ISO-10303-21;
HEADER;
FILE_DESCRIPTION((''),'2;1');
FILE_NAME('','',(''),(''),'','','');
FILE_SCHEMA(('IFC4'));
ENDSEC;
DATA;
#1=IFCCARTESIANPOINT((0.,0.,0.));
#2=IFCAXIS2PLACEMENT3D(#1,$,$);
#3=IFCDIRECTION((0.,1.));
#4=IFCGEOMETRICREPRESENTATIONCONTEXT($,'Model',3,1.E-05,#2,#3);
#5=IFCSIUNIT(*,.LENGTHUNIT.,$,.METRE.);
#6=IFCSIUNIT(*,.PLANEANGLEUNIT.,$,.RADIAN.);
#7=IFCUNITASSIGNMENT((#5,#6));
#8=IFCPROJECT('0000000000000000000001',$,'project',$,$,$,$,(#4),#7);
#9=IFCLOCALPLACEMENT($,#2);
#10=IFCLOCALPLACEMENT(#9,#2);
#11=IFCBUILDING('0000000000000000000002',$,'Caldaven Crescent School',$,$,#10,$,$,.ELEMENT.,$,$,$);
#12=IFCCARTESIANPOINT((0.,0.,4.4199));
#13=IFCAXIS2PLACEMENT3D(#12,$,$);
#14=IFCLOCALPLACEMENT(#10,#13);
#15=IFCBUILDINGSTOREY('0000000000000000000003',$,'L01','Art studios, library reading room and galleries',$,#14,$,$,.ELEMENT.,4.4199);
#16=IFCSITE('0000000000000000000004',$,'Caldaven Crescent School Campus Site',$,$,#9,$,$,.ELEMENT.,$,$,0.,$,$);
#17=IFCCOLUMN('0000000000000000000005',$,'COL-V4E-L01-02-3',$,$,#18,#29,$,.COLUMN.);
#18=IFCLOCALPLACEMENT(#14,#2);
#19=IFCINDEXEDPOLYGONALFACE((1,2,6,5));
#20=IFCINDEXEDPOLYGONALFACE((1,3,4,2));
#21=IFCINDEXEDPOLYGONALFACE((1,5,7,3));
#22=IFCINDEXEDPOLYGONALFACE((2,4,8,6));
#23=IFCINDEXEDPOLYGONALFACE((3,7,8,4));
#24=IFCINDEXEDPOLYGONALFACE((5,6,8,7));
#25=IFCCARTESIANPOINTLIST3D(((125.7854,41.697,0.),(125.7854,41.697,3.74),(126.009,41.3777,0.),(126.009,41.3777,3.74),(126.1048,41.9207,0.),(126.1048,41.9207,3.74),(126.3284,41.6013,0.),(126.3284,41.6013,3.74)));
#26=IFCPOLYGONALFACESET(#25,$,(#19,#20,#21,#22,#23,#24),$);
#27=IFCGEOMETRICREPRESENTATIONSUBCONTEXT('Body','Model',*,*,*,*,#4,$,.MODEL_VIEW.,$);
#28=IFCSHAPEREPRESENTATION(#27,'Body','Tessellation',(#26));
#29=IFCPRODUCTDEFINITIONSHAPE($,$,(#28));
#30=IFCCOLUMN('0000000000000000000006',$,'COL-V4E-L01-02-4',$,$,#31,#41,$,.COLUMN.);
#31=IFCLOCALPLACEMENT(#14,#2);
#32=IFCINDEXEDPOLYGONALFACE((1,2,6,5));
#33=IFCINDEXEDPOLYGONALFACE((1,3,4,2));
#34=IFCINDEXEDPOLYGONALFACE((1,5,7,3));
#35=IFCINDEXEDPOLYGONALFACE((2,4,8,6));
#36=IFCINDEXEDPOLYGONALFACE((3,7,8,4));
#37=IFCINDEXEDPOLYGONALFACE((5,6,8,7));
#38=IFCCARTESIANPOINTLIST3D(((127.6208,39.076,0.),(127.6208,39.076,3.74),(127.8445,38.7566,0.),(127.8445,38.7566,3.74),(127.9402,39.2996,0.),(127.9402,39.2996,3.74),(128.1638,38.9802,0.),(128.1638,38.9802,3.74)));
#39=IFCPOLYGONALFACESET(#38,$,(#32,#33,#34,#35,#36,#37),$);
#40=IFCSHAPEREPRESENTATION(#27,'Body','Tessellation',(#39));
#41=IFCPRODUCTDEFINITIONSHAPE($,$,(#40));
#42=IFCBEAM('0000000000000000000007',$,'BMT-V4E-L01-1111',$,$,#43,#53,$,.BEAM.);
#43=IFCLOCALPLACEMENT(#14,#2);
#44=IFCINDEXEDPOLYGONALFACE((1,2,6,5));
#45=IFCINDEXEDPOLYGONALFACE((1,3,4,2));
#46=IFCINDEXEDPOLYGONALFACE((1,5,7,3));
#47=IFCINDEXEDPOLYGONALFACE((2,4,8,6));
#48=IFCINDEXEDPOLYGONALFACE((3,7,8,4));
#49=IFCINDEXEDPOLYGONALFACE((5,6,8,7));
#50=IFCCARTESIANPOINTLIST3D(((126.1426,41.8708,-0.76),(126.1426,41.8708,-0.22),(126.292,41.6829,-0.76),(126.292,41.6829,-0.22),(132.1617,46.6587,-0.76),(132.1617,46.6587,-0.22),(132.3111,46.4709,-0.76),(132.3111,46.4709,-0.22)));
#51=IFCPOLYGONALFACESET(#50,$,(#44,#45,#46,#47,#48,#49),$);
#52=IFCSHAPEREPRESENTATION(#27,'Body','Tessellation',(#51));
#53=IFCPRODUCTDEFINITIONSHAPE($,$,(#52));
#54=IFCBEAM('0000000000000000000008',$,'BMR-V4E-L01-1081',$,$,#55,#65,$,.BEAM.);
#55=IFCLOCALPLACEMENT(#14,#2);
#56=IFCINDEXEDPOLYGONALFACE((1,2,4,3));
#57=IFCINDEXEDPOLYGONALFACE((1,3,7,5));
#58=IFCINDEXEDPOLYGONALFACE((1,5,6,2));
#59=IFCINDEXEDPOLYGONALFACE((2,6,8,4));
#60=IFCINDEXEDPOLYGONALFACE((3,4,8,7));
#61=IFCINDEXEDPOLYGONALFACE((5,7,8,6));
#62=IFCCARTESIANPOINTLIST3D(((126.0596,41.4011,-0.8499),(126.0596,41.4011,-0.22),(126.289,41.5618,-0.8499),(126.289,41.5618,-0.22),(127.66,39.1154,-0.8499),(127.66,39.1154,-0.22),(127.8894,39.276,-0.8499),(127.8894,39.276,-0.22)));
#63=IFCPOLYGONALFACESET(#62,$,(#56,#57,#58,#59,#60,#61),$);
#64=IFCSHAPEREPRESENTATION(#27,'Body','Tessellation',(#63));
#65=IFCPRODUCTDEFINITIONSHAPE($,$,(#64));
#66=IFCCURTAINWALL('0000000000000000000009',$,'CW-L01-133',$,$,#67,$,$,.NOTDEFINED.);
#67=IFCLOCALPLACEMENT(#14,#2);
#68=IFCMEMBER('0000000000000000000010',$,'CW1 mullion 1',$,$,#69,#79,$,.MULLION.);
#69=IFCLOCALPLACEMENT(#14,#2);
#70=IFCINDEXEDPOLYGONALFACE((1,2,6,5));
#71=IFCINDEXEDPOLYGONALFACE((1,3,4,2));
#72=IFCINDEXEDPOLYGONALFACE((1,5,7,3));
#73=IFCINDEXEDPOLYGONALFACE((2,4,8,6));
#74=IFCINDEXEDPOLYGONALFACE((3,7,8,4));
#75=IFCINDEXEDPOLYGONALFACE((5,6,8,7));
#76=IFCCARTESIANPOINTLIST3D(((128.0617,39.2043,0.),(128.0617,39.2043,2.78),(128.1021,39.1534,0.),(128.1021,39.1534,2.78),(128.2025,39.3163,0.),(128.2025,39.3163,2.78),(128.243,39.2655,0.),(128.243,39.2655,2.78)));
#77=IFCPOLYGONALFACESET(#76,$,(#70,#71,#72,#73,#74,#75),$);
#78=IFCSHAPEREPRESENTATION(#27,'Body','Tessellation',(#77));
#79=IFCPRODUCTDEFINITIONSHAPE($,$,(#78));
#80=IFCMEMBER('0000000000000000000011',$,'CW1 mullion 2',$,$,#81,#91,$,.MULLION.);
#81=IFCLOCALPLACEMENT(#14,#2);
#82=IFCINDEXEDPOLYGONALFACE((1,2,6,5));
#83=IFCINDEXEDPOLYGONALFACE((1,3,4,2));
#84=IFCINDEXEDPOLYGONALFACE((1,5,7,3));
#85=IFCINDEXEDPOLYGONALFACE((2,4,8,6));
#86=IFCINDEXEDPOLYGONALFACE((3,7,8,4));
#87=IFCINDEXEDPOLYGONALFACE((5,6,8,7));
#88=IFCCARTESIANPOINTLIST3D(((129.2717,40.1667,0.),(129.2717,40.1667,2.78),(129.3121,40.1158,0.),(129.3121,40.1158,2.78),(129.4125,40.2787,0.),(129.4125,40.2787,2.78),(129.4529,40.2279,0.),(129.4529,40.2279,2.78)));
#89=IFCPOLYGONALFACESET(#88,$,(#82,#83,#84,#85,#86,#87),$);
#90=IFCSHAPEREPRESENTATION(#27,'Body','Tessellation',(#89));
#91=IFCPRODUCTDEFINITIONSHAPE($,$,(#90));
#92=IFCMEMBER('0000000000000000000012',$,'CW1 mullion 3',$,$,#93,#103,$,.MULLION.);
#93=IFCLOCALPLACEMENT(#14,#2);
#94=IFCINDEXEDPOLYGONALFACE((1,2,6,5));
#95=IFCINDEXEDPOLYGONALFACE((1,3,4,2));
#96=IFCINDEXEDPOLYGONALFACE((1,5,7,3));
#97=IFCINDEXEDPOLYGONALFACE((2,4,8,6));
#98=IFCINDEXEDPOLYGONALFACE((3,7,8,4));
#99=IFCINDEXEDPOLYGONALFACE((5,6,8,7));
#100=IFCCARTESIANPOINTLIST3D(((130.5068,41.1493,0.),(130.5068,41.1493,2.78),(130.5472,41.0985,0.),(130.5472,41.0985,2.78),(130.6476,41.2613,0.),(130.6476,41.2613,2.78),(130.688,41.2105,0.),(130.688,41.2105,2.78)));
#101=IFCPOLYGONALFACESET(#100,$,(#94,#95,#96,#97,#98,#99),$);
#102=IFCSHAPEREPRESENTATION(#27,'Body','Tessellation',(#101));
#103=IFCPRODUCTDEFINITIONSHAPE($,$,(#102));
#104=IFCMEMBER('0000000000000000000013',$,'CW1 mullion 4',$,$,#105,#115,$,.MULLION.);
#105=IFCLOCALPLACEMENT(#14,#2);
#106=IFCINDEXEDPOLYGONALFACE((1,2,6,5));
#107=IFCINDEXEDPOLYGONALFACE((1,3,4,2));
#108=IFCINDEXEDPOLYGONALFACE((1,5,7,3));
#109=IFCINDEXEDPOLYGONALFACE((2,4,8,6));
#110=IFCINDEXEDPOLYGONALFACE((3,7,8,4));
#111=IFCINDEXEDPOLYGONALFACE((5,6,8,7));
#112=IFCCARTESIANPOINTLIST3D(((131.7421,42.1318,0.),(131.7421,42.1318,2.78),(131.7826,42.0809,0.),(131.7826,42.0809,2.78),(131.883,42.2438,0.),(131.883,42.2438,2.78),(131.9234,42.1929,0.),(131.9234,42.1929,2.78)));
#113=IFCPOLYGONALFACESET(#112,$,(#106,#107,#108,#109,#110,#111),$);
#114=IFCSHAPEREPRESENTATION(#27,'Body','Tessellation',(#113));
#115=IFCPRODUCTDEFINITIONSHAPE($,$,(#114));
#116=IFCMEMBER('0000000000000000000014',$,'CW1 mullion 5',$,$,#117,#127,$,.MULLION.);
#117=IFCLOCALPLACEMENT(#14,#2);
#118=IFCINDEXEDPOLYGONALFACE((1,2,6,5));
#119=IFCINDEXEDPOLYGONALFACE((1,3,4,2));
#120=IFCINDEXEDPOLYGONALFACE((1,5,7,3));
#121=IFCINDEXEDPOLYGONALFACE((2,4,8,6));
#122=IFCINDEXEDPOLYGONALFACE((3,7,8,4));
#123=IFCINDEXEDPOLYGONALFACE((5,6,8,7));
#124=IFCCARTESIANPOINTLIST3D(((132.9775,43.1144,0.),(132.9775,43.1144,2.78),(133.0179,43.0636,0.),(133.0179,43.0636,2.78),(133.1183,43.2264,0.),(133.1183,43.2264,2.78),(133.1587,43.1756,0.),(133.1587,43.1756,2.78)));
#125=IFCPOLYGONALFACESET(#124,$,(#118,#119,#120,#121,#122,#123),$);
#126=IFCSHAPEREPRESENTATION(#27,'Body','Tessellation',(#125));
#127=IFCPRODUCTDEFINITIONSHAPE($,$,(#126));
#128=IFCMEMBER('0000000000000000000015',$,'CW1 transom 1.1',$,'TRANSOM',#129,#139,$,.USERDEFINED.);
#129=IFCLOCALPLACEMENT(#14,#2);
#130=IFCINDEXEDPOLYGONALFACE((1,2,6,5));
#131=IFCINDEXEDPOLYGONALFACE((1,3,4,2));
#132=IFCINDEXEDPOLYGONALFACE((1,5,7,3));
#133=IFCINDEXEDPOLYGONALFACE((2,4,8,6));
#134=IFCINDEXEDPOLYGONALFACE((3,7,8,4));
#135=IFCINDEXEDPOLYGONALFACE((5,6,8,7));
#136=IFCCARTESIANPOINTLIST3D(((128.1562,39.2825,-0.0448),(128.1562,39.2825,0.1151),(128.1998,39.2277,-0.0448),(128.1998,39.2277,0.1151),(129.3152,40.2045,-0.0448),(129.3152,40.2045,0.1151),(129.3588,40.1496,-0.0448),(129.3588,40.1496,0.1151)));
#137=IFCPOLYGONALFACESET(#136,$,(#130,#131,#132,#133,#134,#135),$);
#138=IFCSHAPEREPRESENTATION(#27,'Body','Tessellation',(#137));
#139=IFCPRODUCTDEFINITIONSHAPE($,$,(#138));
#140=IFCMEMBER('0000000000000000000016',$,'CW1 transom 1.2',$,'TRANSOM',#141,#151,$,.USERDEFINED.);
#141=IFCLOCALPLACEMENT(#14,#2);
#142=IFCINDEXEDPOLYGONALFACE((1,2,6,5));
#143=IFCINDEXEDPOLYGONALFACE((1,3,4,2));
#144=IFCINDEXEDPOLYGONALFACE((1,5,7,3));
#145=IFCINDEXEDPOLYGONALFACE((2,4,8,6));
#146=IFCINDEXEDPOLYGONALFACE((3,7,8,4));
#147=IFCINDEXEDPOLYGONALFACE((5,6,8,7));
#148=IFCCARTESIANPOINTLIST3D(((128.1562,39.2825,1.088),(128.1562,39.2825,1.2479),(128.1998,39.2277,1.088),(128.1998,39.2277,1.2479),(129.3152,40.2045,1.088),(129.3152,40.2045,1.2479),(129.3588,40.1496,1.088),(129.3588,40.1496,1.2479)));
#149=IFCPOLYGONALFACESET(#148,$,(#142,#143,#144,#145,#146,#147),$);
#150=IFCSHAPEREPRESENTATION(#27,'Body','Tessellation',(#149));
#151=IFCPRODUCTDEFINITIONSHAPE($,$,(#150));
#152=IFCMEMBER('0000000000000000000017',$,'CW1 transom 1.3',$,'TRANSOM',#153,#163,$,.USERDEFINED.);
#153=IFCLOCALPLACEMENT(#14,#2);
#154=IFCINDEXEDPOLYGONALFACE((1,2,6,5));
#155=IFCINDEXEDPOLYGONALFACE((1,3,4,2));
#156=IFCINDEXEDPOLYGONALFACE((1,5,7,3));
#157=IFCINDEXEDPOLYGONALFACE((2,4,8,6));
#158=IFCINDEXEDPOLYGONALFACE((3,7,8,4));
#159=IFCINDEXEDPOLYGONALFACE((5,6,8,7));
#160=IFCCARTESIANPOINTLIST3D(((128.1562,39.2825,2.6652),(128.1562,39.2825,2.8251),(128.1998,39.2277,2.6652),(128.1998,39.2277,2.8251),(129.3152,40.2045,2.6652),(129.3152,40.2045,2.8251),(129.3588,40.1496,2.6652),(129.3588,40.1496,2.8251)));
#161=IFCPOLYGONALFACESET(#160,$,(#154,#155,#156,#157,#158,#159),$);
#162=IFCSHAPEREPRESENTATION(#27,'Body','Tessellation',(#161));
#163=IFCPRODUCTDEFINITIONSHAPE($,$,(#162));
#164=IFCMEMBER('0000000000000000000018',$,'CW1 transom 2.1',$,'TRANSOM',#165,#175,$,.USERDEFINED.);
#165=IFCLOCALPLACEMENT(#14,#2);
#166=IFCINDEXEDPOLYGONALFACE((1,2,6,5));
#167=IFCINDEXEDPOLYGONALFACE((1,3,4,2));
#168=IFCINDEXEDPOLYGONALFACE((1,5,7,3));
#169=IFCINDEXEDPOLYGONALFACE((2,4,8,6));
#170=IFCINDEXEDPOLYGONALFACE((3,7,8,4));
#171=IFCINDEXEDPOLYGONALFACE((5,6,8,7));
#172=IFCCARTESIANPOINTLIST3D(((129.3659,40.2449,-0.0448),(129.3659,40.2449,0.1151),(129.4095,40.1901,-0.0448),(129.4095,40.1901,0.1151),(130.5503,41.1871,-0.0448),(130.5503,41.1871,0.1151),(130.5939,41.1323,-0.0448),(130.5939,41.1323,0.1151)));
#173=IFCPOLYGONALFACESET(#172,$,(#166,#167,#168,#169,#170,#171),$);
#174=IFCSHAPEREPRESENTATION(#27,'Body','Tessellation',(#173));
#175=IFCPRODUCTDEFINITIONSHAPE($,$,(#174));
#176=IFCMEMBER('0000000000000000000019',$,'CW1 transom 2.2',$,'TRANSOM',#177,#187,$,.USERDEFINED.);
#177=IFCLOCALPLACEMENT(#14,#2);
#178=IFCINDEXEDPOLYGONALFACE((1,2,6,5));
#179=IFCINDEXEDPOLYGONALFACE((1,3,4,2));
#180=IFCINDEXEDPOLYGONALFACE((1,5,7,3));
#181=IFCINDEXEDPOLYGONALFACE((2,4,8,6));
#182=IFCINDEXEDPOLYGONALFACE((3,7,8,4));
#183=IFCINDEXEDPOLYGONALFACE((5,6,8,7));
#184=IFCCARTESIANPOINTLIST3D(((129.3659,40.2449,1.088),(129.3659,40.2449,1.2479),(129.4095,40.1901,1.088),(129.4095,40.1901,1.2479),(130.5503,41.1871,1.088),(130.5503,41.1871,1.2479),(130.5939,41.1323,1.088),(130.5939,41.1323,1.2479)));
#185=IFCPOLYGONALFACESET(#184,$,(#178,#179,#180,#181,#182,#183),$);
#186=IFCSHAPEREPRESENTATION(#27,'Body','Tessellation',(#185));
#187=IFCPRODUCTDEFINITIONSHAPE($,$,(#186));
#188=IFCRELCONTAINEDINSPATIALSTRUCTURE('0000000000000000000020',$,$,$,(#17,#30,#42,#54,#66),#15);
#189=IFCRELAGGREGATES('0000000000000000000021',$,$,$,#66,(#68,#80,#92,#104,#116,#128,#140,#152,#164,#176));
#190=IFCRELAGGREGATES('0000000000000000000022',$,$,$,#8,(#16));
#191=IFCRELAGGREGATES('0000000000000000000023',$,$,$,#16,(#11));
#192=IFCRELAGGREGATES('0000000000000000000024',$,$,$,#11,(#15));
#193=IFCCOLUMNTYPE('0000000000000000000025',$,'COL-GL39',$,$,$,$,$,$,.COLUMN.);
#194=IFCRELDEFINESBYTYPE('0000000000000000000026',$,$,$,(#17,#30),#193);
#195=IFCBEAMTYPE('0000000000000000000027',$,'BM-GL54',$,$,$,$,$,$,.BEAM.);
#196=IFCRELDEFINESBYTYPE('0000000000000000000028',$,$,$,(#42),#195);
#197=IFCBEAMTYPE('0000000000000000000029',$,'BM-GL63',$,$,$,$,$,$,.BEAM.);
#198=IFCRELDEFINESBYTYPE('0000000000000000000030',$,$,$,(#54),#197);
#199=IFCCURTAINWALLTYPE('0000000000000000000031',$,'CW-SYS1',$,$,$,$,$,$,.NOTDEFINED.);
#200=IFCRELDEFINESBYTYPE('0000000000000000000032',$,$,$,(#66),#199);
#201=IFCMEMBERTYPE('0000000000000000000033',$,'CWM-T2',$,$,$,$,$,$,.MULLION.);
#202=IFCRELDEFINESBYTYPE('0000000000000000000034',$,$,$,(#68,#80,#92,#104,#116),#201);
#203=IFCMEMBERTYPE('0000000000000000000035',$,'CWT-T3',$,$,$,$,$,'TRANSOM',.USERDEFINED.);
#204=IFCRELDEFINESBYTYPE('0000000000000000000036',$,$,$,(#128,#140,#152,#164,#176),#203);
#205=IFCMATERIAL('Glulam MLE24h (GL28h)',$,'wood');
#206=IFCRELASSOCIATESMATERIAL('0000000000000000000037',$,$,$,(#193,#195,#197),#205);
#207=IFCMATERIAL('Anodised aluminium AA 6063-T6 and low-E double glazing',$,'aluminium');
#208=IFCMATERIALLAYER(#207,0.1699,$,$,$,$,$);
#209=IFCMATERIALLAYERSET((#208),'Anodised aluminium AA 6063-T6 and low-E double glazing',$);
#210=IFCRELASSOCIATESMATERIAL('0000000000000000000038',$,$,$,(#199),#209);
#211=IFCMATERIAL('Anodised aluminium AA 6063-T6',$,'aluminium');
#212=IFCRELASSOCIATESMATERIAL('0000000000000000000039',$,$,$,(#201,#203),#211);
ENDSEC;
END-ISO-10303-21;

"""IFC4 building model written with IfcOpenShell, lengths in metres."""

from ifc_helpers import new_model, si_unit, direction, frame, origin, origin_2d, place, context, subcontext, project, spatial, rectangle, extrude, material, layer, layer_set, material_profile, profile_set, type_object, element, aggregate, save


model = new_model("IFC4")

# Units and contexts
model_context = context("Model", 3, precision=1e-05, world=origin(), true_north=direction((0.0, 1.0)))
body_context = subcontext(model_context, "Body", "Model", "MODEL_VIEW")
ifc_project = project(units=[si_unit("LENGTHUNIT", "METRE"), si_unit("PLANEANGLEUNIT", "RADIAN")], contexts=[model_context])

# Site, building, storey
site_placement = place(None, origin())
site = spatial("IfcSite", under=ifc_project, at=site_placement, Name="Caldaven Crescent School Campus Site", CompositionType="ELEMENT", RefElevation=0.0)
building_placement = place(site_placement, origin())
building = spatial("IfcBuilding", under=site, at=building_placement, Name="Caldaven Crescent School", CompositionType="ELEMENT")
storey_placement = place(building_placement, frame((0.0, 0.0, 4.4199)))
storey = spatial("IfcBuildingStorey", under=building, at=storey_placement, Name="L01", Description="Art studios, library reading room and galleries", CompositionType="ELEMENT", Elevation=4.4199)

# Columns
ifc_material_1 = material(Name="Glulam MLE24h (GL28h)", Category="wood")
ifc_material_profile_1 = material_profile(ifc_material_1, rectangle(XDim=0.3899, YDim=0.3899, at=origin_2d()), Name="MLE 390x390")
ifc_profile_set_1 = profile_set([ifc_material_profile_1], Name="Glulam MLE24h (GL28h)")
column_type = type_object("IfcColumnType", Name="COL-GL39", PredefinedType="COLUMN", material=ifc_profile_set_1)
for number, where, z_axis, x_axis, name in (
    (1, (126.0569, 41.6492, 0.0), (0.0, 0.0, 1.0), (0.573576, -0.819152, 0.0), "COL-V4E-L01-02-3"),
    (2, (127.8923, 39.0281, 0.0), (0.0, 0.0, 1.0), (0.573576, -0.819152, 0.0), "COL-V4E-L01-02-4"),
):
    element("IfcColumn", number, at=place(storey_placement, frame(where, z_axis=z_axis, x_axis=x_axis)), inside=storey, type_object=column_type, Name=name, PredefinedType="COLUMN", context=body_context, shape_type="SweptSolid", body=[
        extrude(rectangle(XDim=0.3899, YDim=0.3899, at=origin_2d()), origin(), (0.0, 0.0, 1.0), 3.74),
    ])

# Beams
ifc_material_profile_2 = material_profile(ifc_material_1, rectangle(XDim=0.24, YDim=0.54, at=origin_2d()), Name="MLE 240x540")
ifc_profile_set_2 = profile_set([ifc_material_profile_2], Name="Glulam MLE24h (GL28h)")
beam_type_1 = type_object("IfcBeamType", Name="BM-GL54", PredefinedType="BEAM", material=ifc_profile_set_2)
beam_1_placement = place(storey_placement, frame((126.2173, 41.7769, -0.49), z_axis=(0.782603, 0.622521, 0.0), x_axis=(-0.622521, 0.782603, 0.0)))
element("IfcBeam", 3, at=beam_1_placement, inside=storey, type_object=beam_type_1, Name="BMT-V4E-L01-1111", PredefinedType="BEAM", context=body_context, shape_type="SweptSolid", body=[
    extrude(rectangle(XDim=0.24, YDim=0.54, at=origin_2d()), origin(), (0.0, 0.0, 1.0), 7.6912),
])
ifc_material_profile_3 = material_profile(ifc_material_1, rectangle(XDim=0.28, YDim=0.6299, at=origin_2d()), Name="MLE 280x630")
ifc_profile_set_3 = profile_set([ifc_material_profile_3], Name="Glulam MLE24h (GL28h)")
beam_type_2 = type_object("IfcBeamType", Name="BM-GL63", PredefinedType="BEAM", material=ifc_profile_set_3)
beam_2_placement = place(storey_placement, frame((126.1743, 41.4814, -0.5349), z_axis=(0.573556, -0.819166, 0.0), x_axis=(0.819166, 0.573556, 0.0)))
element("IfcBeam", 4, at=beam_2_placement, inside=storey, type_object=beam_type_2, Name="BMR-V4E-L01-1081", PredefinedType="BEAM", context=body_context, shape_type="SweptSolid", body=[
    extrude(rectangle(XDim=0.28, YDim=0.6299, at=origin_2d()), origin(), (0.0, 0.0, 1.0), 2.7903),
])

# Curtain wall, members
ifc_material_2 = material(Name="Anodised aluminium AA 6063-T6 and low-E double glazing", Category="aluminium")
ifc_layer_1 = layer(ifc_material_2, 0.1699)
ifc_layer_set_1 = layer_set([ifc_layer_1], Name="Anodised aluminium AA 6063-T6 and low-E double glazing")
curtain_wall_type = type_object("IfcCurtainWallType", Name="CW-SYS1", PredefinedType="NOTDEFINED", material=ifc_layer_set_1)
curtain_wall_placement = place(storey_placement, origin())
curtain_wall = element("IfcCurtainWall", 5, at=curtain_wall_placement, inside=storey, type_object=curtain_wall_type, Name="CW-L01-133", PredefinedType="NOTDEFINED")
ifc_material_3 = material(Name="Anodised aluminium AA 6063-T6", Category="aluminium")
ifc_material_profile_4 = material_profile(ifc_material_3, rectangle(XDim=0.0649, YDim=0.1799, at=origin_2d()), Name="CWM 65x180")
ifc_profile_set_4 = profile_set([ifc_material_profile_4], Name="Anodised aluminium AA 6063-T6")
member_type_1 = type_object("IfcMemberType", Name="CWM-T2", PredefinedType="MULLION", material=ifc_profile_set_4)
member_1_placement = place(storey_placement, frame((128.1523, 39.2349, 0.0), z_axis=(0.0, 0.0, 1.0), x_axis=(-0.622514, 0.782608, 0.0)))
member_1 = element("IfcMember", 6, at=member_1_placement, type_object=member_type_1, Name="CW1 mullion 1", PredefinedType="MULLION", context=body_context, shape_type="SweptSolid", body=[
    extrude(rectangle(XDim=0.0649, YDim=0.1799, at=origin_2d()), origin(), (0.0, 0.0, 1.0), 2.78),
])
member_2_placement = place(storey_placement, frame((129.3623, 40.1973, 0.0), z_axis=(0.0, 0.0, 1.0), x_axis=(-0.622514, 0.782608, 0.0)))
member_2 = element("IfcMember", 7, at=member_2_placement, type_object=member_type_1, Name="CW1 mullion 2", PredefinedType="MULLION", context=body_context, shape_type="SweptSolid", body=[
    extrude(rectangle(XDim=0.0649, YDim=0.1799, at=origin_2d()), origin(), (0.0, 0.0, 1.0), 2.78),
])
member_3_placement = place(storey_placement, frame((130.5974, 41.1799, 0.0), z_axis=(0.0, 0.0, 1.0), x_axis=(-0.622514, 0.782608, 0.0)))
member_3 = element("IfcMember", 8, at=member_3_placement, type_object=member_type_1, Name="CW1 mullion 3", PredefinedType="MULLION", context=body_context, shape_type="SweptSolid", body=[
    extrude(rectangle(XDim=0.0649, YDim=0.1799, at=origin_2d()), origin(), (0.0, 0.0, 1.0), 2.78),
])
member_4_placement = place(storey_placement, frame((131.8328, 42.1624, 0.0), z_axis=(0.0, 0.0, 1.0), x_axis=(-0.622514, 0.782608, 0.0)))
member_4 = element("IfcMember", 9, at=member_4_placement, type_object=member_type_1, Name="CW1 mullion 4", PredefinedType="MULLION", context=body_context, shape_type="SweptSolid", body=[
    extrude(rectangle(XDim=0.0649, YDim=0.1799, at=origin_2d()), origin(), (0.0, 0.0, 1.0), 2.78),
])
member_5_placement = place(storey_placement, frame((133.0681, 43.145, 0.0), z_axis=(0.0, 0.0, 1.0), x_axis=(-0.622514, 0.782608, 0.0)))
member_5 = element("IfcMember", 10, at=member_5_placement, type_object=member_type_1, Name="CW1 mullion 5", PredefinedType="MULLION", context=body_context, shape_type="SweptSolid", body=[
    extrude(rectangle(XDim=0.0649, YDim=0.1799, at=origin_2d()), origin(), (0.0, 0.0, 1.0), 2.78),
])
ifc_material_profile_5 = material_profile(ifc_material_3, rectangle(XDim=0.0701, YDim=0.1599, at=origin_2d()), Name="CWT 70x160")
ifc_profile_set_5 = profile_set([ifc_material_profile_5], Name="Anodised aluminium AA 6063-T6")
member_type_2 = type_object("IfcMemberType", Name="CWT-T3", ElementType="TRANSOM", PredefinedType="USERDEFINED", material=ifc_profile_set_5)
member_6_placement = place(storey_placement, frame((128.178, 39.2551, 0.0352), z_axis=(0.782603, 0.622521, 0.0), x_axis=(-0.622521, 0.782603, 0.0)))
member_6 = element("IfcMember", 11, at=member_6_placement, type_object=member_type_2, Name="CW1 transom 1.1", ObjectType="TRANSOM", PredefinedType="USERDEFINED", context=body_context, shape_type="SweptSolid", body=[
    extrude(rectangle(XDim=0.0701, YDim=0.1599, at=origin_2d()), origin(), (0.0, 0.0, 1.0), 1.481),
])
member_7_placement = place(storey_placement, frame((128.178, 39.2551, 1.168), z_axis=(0.782603, 0.622521, 0.0), x_axis=(-0.622521, 0.782603, 0.0)))
member_7 = element("IfcMember", 12, at=member_7_placement, type_object=member_type_2, Name="CW1 transom 1.2", ObjectType="TRANSOM", PredefinedType="USERDEFINED", context=body_context, shape_type="SweptSolid", body=[
    extrude(rectangle(XDim=0.0701, YDim=0.1599, at=origin_2d()), origin(), (0.0, 0.0, 1.0), 1.481),
])
member_8_placement = place(storey_placement, frame((128.178, 39.2551, 2.7451), z_axis=(0.782603, 0.622521, 0.0), x_axis=(-0.622521, 0.782603, 0.0)))
member_8 = element("IfcMember", 13, at=member_8_placement, type_object=member_type_2, Name="CW1 transom 1.3", ObjectType="TRANSOM", PredefinedType="USERDEFINED", context=body_context, shape_type="SweptSolid", body=[
    extrude(rectangle(XDim=0.0701, YDim=0.1599, at=origin_2d()), origin(), (0.0, 0.0, 1.0), 1.481),
])
member_9_placement = place(storey_placement, frame((129.3877, 40.2175, 0.0352), z_axis=(0.782581, 0.622548, 0.0), x_axis=(-0.622548, 0.782581, 0.0)))
member_9 = element("IfcMember", 14, at=member_9_placement, type_object=member_type_2, Name="CW1 transom 2.1", ObjectType="TRANSOM", PredefinedType="USERDEFINED", context=body_context, shape_type="SweptSolid", body=[
    extrude(rectangle(XDim=0.0701, YDim=0.1599, at=origin_2d()), origin(), (0.0, 0.0, 1.0), 1.5134),
])
member_10_placement = place(storey_placement, frame((129.3877, 40.2175, 1.168), z_axis=(0.782581, 0.622548, 0.0), x_axis=(-0.622548, 0.782581, 0.0)))
member_10 = element("IfcMember", 15, at=member_10_placement, type_object=member_type_2, Name="CW1 transom 2.2", ObjectType="TRANSOM", PredefinedType="USERDEFINED", context=body_context, shape_type="SweptSolid", body=[
    extrude(rectangle(XDim=0.0701, YDim=0.1599, at=origin_2d()), origin(), (0.0, 0.0, 1.0), 1.5134),
])

aggregate(curtain_wall, [member_1, member_2, member_3, member_4, member_5, member_6, member_7, member_8, member_9, member_10])

save(model, "model.ifc")
